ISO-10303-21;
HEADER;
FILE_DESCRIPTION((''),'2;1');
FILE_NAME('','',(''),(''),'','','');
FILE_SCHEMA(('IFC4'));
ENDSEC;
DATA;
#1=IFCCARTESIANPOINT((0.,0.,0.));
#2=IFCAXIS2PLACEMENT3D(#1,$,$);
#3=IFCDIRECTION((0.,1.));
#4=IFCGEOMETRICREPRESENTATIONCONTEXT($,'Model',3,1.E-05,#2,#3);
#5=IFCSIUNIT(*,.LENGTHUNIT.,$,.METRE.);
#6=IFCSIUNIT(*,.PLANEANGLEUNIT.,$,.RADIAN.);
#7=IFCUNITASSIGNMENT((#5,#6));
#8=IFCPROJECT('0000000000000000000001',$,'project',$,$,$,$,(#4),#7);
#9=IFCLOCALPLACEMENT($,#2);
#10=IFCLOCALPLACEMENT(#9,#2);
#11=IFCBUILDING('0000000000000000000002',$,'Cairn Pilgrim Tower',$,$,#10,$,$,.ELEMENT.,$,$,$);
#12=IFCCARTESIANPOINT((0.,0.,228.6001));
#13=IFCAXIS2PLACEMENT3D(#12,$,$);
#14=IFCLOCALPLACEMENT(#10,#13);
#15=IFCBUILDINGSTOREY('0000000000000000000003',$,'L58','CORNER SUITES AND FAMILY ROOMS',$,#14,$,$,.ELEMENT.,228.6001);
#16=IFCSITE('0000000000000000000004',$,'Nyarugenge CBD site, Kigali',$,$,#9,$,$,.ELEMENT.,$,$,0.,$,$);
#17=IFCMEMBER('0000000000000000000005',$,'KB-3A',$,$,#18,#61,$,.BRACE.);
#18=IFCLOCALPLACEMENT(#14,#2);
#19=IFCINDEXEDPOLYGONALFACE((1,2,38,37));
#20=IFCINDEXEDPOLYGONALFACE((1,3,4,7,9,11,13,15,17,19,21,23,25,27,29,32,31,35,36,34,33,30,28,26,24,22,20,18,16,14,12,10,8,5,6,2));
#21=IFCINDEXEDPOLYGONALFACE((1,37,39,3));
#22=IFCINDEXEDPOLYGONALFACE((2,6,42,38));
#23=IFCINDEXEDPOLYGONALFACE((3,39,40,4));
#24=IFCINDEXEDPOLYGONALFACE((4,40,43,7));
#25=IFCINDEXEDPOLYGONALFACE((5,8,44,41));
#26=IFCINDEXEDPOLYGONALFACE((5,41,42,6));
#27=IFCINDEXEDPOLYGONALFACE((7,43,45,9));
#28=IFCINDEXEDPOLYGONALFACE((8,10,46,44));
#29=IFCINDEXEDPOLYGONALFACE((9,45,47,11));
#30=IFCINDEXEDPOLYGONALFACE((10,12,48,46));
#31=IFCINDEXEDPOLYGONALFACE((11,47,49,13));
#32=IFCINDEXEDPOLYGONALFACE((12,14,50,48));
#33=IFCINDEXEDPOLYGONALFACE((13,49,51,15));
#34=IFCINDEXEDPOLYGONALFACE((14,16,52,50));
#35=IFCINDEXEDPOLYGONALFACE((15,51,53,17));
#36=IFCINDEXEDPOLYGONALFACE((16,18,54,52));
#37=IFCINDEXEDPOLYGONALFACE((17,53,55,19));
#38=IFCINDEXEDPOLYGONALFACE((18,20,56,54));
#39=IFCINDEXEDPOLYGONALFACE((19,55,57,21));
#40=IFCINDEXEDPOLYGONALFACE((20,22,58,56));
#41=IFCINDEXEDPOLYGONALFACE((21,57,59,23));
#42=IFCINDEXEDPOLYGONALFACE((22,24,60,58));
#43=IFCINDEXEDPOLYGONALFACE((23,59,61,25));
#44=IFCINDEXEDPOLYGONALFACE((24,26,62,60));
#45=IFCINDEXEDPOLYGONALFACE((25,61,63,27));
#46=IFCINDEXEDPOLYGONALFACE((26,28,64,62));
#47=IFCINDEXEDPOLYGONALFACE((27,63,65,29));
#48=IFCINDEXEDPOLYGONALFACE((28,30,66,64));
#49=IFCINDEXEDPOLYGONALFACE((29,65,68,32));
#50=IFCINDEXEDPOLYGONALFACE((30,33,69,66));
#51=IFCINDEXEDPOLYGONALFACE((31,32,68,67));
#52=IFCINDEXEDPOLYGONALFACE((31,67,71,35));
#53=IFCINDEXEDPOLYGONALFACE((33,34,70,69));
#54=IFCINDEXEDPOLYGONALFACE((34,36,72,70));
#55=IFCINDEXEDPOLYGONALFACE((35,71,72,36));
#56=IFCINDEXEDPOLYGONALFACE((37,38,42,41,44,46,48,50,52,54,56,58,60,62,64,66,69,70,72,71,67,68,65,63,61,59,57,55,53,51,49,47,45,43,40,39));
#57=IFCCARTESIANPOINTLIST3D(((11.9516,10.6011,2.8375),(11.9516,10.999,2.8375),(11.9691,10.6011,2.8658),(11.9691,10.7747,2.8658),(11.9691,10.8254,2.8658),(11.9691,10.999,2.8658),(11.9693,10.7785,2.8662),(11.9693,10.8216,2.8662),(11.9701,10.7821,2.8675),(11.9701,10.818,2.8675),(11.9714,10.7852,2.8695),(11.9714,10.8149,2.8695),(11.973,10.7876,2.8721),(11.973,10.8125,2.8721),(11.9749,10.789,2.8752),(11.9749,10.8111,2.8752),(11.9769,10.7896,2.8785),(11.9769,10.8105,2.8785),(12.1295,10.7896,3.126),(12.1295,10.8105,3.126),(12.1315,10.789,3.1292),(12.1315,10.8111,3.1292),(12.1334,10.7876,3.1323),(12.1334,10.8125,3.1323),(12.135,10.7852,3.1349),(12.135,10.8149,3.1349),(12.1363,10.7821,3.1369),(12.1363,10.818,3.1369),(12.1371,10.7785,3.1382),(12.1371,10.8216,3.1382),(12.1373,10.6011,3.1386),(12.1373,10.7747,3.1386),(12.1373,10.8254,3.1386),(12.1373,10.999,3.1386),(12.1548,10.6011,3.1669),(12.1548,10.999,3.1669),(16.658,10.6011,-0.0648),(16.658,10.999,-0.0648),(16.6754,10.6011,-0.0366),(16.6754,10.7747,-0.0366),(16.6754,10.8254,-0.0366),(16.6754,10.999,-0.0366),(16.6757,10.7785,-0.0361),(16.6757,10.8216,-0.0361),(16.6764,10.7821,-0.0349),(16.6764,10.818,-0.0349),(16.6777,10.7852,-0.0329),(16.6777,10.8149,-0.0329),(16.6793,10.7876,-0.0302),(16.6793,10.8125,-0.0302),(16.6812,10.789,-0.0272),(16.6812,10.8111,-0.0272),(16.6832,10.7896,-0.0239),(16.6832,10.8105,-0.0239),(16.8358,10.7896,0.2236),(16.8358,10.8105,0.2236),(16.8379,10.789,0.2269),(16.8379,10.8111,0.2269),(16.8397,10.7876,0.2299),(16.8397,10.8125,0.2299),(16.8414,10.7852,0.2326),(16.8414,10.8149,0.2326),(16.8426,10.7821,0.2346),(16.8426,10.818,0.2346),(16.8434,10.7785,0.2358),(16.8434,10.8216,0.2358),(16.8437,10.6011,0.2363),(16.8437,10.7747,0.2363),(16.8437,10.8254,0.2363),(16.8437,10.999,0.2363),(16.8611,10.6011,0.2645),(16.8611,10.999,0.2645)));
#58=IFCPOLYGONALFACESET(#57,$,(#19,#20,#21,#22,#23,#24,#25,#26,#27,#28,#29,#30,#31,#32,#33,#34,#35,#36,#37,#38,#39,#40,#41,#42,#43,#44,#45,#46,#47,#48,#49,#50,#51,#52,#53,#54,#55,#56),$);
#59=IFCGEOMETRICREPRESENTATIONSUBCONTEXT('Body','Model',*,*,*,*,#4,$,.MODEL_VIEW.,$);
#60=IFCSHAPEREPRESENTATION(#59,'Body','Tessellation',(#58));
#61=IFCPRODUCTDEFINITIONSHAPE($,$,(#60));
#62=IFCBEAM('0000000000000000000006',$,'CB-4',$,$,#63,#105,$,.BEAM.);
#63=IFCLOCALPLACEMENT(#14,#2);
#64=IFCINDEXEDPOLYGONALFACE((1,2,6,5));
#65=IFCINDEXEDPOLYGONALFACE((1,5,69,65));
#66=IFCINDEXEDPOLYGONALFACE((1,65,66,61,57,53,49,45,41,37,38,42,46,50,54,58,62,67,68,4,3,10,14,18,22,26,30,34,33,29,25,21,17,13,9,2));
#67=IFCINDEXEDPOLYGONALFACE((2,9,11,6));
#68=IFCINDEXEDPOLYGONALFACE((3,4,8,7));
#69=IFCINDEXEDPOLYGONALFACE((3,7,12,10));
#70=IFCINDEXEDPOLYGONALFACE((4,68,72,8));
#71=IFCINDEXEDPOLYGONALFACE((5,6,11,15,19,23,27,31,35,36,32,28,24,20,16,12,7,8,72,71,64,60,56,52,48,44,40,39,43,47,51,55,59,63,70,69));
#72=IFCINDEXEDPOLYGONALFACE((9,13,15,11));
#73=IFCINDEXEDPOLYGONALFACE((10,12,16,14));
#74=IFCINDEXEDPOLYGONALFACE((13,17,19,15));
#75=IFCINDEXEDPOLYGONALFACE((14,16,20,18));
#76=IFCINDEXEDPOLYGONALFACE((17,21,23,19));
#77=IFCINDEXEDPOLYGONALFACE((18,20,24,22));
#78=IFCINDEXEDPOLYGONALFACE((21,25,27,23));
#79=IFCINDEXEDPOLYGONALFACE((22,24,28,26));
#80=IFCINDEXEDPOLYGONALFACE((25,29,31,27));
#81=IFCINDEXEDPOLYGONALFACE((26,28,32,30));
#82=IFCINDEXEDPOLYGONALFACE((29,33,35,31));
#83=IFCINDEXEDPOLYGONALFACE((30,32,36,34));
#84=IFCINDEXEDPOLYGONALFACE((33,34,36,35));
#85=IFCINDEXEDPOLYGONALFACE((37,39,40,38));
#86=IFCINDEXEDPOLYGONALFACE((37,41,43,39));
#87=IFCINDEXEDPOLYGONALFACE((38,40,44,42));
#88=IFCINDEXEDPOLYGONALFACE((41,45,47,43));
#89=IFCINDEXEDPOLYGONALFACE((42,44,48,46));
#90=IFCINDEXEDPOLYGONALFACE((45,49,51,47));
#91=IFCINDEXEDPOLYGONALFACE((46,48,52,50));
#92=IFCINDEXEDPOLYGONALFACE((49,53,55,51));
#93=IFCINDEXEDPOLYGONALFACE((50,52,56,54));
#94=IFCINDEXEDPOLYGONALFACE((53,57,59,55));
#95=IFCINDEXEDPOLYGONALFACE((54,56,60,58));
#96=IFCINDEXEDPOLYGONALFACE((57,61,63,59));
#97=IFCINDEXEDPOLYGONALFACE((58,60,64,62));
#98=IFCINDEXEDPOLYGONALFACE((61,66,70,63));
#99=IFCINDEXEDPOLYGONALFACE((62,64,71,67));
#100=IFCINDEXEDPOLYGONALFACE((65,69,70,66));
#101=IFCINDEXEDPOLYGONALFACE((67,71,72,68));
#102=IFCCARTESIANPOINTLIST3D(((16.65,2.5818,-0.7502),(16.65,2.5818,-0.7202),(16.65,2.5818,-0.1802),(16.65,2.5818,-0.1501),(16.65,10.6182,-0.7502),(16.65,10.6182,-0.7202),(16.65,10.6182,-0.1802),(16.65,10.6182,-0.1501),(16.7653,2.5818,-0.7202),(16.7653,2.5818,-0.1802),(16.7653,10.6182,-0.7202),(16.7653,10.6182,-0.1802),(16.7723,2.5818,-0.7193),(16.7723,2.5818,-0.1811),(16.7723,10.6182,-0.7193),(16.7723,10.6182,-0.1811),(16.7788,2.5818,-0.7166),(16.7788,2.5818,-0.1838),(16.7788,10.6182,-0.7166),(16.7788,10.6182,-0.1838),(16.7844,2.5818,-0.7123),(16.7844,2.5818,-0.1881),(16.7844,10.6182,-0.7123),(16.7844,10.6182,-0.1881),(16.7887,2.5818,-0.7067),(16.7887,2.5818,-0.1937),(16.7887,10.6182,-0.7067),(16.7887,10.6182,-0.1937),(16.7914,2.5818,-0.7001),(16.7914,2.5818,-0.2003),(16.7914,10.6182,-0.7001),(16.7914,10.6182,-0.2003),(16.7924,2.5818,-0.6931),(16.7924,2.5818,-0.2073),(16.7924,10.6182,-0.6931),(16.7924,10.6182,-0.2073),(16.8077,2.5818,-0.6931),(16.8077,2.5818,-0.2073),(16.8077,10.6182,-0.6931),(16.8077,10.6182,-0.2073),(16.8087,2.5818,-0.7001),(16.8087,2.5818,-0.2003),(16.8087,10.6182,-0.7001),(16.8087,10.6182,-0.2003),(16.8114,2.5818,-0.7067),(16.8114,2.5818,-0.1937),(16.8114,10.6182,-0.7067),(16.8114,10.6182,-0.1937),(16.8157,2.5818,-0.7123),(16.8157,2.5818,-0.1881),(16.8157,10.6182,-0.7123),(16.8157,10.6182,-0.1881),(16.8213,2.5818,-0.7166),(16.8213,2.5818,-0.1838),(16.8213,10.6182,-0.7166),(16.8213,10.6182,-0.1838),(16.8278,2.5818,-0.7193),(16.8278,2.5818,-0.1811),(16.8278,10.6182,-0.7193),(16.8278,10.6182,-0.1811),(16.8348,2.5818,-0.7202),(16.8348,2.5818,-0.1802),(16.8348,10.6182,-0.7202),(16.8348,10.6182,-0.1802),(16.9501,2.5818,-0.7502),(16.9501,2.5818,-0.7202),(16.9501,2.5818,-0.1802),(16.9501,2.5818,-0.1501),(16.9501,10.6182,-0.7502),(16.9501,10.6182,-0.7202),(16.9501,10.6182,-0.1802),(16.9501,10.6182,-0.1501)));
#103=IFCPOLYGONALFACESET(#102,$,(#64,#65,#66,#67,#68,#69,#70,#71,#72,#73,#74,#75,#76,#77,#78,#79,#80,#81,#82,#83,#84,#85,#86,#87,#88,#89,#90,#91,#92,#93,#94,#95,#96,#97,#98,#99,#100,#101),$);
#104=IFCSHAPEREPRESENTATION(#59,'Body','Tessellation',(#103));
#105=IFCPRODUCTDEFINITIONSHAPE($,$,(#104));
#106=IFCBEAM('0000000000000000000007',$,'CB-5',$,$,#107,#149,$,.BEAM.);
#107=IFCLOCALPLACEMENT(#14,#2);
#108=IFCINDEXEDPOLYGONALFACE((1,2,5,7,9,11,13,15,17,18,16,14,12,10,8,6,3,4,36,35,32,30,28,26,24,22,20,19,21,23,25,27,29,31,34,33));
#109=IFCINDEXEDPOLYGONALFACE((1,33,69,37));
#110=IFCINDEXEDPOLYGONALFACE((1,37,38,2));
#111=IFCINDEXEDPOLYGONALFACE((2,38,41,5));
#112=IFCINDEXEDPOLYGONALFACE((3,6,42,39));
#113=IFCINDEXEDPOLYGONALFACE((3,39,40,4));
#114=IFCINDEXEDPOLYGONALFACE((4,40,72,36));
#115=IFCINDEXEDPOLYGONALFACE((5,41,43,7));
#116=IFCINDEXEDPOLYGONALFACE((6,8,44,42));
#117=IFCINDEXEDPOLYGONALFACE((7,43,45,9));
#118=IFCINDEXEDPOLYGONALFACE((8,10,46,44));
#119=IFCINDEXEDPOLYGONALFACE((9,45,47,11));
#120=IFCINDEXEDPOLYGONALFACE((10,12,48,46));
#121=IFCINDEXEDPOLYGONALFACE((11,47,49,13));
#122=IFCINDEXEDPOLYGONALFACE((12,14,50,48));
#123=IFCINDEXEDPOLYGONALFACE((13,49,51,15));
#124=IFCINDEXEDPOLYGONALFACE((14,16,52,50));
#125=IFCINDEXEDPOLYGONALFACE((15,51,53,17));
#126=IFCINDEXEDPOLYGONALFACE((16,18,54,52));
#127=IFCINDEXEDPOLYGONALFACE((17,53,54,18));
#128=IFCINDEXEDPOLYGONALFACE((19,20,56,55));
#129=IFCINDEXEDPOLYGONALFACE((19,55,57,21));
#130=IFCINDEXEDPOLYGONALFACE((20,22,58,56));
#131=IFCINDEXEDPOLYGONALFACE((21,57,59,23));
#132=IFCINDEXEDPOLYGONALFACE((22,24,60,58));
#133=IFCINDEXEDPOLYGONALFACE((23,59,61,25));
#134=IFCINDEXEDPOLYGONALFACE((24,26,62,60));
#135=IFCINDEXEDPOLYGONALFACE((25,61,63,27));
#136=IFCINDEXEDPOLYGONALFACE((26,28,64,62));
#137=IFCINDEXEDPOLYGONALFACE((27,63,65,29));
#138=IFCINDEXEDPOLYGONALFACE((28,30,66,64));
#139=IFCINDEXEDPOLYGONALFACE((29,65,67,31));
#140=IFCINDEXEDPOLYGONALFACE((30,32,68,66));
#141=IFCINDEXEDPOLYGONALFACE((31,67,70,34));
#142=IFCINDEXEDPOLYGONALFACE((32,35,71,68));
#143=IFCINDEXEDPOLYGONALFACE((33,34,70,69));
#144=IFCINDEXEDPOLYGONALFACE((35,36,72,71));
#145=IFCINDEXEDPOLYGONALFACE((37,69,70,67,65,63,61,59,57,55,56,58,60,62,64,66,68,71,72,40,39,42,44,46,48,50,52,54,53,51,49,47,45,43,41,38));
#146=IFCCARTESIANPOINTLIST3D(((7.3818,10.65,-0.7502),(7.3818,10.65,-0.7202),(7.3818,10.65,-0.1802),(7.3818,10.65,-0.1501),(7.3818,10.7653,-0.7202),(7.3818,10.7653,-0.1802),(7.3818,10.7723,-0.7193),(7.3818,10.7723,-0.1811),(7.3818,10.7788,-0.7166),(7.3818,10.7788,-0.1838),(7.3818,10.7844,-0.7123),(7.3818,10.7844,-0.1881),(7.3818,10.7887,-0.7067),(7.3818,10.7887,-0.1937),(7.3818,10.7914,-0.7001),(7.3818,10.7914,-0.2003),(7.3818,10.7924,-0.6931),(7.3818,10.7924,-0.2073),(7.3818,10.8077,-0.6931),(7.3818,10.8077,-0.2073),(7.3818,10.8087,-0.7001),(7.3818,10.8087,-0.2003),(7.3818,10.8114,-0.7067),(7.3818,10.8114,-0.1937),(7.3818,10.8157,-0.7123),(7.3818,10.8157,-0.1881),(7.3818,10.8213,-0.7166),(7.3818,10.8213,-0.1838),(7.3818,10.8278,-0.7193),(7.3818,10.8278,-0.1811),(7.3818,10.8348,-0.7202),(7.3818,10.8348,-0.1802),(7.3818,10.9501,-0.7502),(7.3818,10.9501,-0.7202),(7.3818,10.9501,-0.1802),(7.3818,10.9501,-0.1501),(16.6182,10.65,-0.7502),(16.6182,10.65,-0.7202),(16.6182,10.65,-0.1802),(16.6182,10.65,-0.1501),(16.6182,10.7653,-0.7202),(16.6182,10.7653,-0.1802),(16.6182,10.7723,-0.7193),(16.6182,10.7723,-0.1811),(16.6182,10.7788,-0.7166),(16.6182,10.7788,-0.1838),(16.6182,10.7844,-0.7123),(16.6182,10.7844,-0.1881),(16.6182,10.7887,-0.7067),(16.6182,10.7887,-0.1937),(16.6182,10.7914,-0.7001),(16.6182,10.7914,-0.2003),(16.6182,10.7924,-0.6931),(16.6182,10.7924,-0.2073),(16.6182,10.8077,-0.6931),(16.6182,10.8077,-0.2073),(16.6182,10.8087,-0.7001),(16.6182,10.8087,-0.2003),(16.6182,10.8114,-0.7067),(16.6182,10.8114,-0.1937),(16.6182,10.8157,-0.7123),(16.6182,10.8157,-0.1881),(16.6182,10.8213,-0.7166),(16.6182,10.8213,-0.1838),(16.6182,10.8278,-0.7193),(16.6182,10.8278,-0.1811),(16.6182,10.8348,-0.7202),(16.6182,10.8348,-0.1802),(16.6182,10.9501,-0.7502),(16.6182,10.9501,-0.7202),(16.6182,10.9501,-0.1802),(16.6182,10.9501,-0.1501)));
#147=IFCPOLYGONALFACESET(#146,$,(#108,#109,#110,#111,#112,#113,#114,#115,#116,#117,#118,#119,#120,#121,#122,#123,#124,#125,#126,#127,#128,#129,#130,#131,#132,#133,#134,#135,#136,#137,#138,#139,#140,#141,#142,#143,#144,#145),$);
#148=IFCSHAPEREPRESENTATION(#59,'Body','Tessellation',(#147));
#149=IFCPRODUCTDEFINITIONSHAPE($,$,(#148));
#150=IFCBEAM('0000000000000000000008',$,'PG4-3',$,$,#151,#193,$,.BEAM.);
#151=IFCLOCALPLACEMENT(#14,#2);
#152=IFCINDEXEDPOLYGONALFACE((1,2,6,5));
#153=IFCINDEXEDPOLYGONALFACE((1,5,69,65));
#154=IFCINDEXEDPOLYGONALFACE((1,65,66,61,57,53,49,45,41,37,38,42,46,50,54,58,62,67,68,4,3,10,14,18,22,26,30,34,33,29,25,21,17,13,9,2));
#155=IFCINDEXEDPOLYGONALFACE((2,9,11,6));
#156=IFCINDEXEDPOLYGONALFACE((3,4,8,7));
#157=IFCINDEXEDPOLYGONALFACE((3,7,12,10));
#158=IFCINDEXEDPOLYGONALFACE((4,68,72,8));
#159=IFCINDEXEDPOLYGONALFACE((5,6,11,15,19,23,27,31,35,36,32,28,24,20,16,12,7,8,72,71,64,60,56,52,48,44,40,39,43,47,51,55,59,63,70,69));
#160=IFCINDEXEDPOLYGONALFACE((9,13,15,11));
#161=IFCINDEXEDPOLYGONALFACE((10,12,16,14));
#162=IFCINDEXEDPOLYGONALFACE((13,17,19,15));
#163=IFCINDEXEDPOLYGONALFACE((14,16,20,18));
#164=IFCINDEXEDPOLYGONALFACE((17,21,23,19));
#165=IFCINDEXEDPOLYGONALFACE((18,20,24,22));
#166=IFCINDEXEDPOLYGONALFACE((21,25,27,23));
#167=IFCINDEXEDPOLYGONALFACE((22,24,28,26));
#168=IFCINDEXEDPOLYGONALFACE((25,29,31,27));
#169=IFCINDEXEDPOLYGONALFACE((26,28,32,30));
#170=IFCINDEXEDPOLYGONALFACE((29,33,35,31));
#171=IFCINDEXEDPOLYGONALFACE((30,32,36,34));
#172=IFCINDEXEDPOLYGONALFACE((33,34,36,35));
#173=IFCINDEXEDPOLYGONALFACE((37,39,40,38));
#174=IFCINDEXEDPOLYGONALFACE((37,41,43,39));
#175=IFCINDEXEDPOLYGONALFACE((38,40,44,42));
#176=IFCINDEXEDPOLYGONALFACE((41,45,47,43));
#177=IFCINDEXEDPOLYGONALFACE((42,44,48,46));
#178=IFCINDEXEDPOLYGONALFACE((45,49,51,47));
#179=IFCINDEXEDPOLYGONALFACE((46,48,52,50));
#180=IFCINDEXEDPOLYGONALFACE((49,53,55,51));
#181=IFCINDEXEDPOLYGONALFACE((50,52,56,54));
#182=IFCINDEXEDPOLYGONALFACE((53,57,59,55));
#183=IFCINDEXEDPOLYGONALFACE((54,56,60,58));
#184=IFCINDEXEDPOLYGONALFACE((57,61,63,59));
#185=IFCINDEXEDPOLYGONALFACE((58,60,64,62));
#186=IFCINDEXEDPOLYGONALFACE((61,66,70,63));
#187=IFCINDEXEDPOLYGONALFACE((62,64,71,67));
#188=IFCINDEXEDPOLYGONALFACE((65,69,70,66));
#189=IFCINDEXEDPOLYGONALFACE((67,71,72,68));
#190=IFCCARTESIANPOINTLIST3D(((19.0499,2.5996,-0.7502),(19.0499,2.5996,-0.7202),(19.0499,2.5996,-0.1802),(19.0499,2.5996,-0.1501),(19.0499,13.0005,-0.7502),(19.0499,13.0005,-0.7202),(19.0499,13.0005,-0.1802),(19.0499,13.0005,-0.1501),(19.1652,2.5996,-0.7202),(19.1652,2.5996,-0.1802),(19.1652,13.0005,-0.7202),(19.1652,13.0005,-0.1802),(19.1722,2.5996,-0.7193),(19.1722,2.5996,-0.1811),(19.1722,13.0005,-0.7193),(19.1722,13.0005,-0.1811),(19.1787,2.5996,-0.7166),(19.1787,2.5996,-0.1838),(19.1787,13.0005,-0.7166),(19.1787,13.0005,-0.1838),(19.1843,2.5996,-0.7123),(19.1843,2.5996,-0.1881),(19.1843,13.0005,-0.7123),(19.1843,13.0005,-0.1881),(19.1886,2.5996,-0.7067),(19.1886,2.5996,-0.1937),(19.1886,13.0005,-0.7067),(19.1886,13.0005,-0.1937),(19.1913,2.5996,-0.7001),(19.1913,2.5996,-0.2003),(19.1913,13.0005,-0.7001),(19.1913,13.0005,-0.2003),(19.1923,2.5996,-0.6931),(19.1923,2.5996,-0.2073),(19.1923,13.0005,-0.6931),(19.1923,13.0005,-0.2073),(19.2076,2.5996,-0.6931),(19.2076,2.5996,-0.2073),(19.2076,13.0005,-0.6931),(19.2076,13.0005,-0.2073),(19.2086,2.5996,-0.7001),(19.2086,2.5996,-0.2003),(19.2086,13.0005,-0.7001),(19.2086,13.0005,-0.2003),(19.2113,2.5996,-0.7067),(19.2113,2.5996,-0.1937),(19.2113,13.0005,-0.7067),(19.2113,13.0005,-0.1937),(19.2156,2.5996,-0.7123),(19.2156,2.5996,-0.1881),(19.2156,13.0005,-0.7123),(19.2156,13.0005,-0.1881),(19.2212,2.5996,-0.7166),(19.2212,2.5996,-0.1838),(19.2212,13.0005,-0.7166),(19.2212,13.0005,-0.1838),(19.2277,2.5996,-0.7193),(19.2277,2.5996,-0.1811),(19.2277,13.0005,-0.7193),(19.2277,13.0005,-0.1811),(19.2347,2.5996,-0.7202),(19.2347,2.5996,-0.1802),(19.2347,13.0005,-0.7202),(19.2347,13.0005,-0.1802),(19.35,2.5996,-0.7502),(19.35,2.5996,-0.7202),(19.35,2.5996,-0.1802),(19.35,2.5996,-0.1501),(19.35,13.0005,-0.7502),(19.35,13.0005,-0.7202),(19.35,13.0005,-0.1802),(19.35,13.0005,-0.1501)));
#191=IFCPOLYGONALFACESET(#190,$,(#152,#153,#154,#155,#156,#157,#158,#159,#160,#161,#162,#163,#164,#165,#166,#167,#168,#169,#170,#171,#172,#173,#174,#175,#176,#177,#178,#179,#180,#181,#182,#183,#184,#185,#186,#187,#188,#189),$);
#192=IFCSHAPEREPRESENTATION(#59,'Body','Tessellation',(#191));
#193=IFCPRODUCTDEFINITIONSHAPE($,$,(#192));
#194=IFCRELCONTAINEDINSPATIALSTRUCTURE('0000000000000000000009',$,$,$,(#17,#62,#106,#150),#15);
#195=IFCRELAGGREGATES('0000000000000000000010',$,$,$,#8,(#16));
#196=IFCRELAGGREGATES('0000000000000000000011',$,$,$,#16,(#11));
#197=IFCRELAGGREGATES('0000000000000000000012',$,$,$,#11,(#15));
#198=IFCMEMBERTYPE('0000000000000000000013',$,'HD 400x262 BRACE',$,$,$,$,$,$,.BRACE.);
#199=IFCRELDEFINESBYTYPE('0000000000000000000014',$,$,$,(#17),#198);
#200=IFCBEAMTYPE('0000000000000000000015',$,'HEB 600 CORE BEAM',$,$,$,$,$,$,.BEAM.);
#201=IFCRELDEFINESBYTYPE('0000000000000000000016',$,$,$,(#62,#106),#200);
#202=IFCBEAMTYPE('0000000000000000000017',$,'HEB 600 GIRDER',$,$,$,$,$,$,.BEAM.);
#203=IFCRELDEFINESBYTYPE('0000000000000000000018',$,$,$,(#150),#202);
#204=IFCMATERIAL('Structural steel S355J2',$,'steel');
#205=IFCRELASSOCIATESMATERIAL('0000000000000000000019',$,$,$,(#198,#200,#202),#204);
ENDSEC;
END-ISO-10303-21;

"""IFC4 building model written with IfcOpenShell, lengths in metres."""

from ifc_helpers import new_model, si_unit, direction, frame, origin, origin_2d, place, context, subcontext, project, spatial, i_section, extrude, material, material_profile, profile_set, type_object, element, save


model = new_model("IFC4")

# Units and contexts
model_context = context("Model", 3, precision=1e-05, world=origin(), true_north=direction((0.0, 1.0)))
body_context = subcontext(model_context, "Body", "Model", "MODEL_VIEW")
ifc_project = project(units=[si_unit("LENGTHUNIT", "METRE"), si_unit("PLANEANGLEUNIT", "RADIAN")], contexts=[model_context])

# Site, building, storey
site_placement = place(None, origin())
site = spatial("IfcSite", under=ifc_project, at=site_placement, Name="Nyarugenge CBD site, Kigali", CompositionType="ELEMENT", RefElevation=0.0)
building_placement = place(site_placement, origin())
building = spatial("IfcBuilding", under=site, at=building_placement, Name="Cairn Pilgrim Tower", CompositionType="ELEMENT")
storey_placement = place(building_placement, frame((0.0, 0.0, 228.6001)))
storey = spatial("IfcBuildingStorey", under=building, at=storey_placement, Name="L58", Description="CORNER SUITES AND FAMILY ROOMS", CompositionType="ELEMENT", Elevation=228.6001)

# Shared definitions
ifc_material_1 = material(Name="Structural steel S355J2", Category="steel")

# Member
ifc_material_profile_1 = material_profile(ifc_material_1, i_section(OverallWidth=0.3979, OverallDepth=0.387, WebThickness=0.021, FlangeThickness=0.0332, FilletRadius=0.0149, at=origin_2d()), Name="HD 400x262")
ifc_profile_set_1 = profile_set([ifc_material_profile_1], Name="Structural steel S355J2")
member_type = type_object("IfcMemberType", Name="HD 400x262 BRACE", PredefinedType="BRACE", material=ifc_profile_set_1)
member_1_placement = place(storey_placement, frame((16.7595, 10.8, 0.0999), z_axis=(-0.851161, 0.0, 0.524905), x_axis=(0.0, -1.0, 0.0)))
element("IfcMember", 1, at=member_1_placement, inside=storey, type_object=member_type, Name="KB-3A", PredefinedType="BRACE", context=body_context, shape_type="SweptSolid", body=[
    extrude(i_section(OverallWidth=0.3979, OverallDepth=0.387, WebThickness=0.021, FlangeThickness=0.0332, FilletRadius=0.0149, at=origin_2d()), origin(), (0.0, 0.0, 1.0), 5.5293),
])

# Beams
ifc_material_profile_2 = material_profile(ifc_material_1, i_section(OverallWidth=0.3, OverallDepth=0.6001, WebThickness=0.0154, FlangeThickness=0.03, FilletRadius=0.0271, at=origin_2d()), Name="HEB 600")
ifc_profile_set_2 = profile_set([ifc_material_profile_2], Name="Structural steel S355J2")
beam_type_1 = type_object("IfcBeamType", Name="HEB 600 CORE BEAM", PredefinedType="BEAM", material=ifc_profile_set_2)
beam_1_placement = place(storey_placement, frame((16.8, 2.5818, -0.4502), z_axis=(0.0, 1.0, 0.0), x_axis=(-1.0, 0.0, 0.0)))
element("IfcBeam", 2, at=beam_1_placement, inside=storey, type_object=beam_type_1, Name="CB-4", PredefinedType="BEAM", context=body_context, shape_type="SweptSolid", body=[
    extrude(i_section(OverallWidth=0.3, OverallDepth=0.6001, WebThickness=0.0154, FlangeThickness=0.03, FilletRadius=0.0271, at=origin_2d()), origin(), (0.0, 0.0, 1.0), 8.0364),
])
beam_2_placement = place(storey_placement, frame((16.6182, 10.8, -0.4502), z_axis=(-1.0, 0.0, 0.0), x_axis=(0.0, -1.0, 0.0)))
element("IfcBeam", 3, at=beam_2_placement, inside=storey, type_object=beam_type_1, Name="CB-5", PredefinedType="BEAM", context=body_context, shape_type="SweptSolid", body=[
    extrude(i_section(OverallWidth=0.3, OverallDepth=0.6001, WebThickness=0.0154, FlangeThickness=0.03, FilletRadius=0.0271, at=origin_2d()), origin(), (0.0, 0.0, 1.0), 9.2363),
])
ifc_material_profile_3 = material_profile(ifc_material_1, i_section(OverallWidth=0.3, OverallDepth=0.6001, WebThickness=0.0154, FlangeThickness=0.03, FilletRadius=0.0271, at=origin_2d()), Name="HEB 600")
ifc_profile_set_3 = profile_set([ifc_material_profile_3], Name="Structural steel S355J2")
beam_type_2 = type_object("IfcBeamType", Name="HEB 600 GIRDER", PredefinedType="BEAM", material=ifc_profile_set_3)
beam_3_placement = place(storey_placement, frame((19.2, 2.5996, -0.4502), z_axis=(0.0, 1.0, 0.0), x_axis=(-1.0, 0.0, 0.0)))
element("IfcBeam", 4, at=beam_3_placement, inside=storey, type_object=beam_type_2, Name="PG4-3", PredefinedType="BEAM", context=body_context, shape_type="SweptSolid", body=[
    extrude(i_section(OverallWidth=0.3, OverallDepth=0.6001, WebThickness=0.0154, FlangeThickness=0.03, FilletRadius=0.0271, at=origin_2d()), origin(), (0.0, 0.0, 1.0), 10.4009),
])

save(model, "model.ifc")
